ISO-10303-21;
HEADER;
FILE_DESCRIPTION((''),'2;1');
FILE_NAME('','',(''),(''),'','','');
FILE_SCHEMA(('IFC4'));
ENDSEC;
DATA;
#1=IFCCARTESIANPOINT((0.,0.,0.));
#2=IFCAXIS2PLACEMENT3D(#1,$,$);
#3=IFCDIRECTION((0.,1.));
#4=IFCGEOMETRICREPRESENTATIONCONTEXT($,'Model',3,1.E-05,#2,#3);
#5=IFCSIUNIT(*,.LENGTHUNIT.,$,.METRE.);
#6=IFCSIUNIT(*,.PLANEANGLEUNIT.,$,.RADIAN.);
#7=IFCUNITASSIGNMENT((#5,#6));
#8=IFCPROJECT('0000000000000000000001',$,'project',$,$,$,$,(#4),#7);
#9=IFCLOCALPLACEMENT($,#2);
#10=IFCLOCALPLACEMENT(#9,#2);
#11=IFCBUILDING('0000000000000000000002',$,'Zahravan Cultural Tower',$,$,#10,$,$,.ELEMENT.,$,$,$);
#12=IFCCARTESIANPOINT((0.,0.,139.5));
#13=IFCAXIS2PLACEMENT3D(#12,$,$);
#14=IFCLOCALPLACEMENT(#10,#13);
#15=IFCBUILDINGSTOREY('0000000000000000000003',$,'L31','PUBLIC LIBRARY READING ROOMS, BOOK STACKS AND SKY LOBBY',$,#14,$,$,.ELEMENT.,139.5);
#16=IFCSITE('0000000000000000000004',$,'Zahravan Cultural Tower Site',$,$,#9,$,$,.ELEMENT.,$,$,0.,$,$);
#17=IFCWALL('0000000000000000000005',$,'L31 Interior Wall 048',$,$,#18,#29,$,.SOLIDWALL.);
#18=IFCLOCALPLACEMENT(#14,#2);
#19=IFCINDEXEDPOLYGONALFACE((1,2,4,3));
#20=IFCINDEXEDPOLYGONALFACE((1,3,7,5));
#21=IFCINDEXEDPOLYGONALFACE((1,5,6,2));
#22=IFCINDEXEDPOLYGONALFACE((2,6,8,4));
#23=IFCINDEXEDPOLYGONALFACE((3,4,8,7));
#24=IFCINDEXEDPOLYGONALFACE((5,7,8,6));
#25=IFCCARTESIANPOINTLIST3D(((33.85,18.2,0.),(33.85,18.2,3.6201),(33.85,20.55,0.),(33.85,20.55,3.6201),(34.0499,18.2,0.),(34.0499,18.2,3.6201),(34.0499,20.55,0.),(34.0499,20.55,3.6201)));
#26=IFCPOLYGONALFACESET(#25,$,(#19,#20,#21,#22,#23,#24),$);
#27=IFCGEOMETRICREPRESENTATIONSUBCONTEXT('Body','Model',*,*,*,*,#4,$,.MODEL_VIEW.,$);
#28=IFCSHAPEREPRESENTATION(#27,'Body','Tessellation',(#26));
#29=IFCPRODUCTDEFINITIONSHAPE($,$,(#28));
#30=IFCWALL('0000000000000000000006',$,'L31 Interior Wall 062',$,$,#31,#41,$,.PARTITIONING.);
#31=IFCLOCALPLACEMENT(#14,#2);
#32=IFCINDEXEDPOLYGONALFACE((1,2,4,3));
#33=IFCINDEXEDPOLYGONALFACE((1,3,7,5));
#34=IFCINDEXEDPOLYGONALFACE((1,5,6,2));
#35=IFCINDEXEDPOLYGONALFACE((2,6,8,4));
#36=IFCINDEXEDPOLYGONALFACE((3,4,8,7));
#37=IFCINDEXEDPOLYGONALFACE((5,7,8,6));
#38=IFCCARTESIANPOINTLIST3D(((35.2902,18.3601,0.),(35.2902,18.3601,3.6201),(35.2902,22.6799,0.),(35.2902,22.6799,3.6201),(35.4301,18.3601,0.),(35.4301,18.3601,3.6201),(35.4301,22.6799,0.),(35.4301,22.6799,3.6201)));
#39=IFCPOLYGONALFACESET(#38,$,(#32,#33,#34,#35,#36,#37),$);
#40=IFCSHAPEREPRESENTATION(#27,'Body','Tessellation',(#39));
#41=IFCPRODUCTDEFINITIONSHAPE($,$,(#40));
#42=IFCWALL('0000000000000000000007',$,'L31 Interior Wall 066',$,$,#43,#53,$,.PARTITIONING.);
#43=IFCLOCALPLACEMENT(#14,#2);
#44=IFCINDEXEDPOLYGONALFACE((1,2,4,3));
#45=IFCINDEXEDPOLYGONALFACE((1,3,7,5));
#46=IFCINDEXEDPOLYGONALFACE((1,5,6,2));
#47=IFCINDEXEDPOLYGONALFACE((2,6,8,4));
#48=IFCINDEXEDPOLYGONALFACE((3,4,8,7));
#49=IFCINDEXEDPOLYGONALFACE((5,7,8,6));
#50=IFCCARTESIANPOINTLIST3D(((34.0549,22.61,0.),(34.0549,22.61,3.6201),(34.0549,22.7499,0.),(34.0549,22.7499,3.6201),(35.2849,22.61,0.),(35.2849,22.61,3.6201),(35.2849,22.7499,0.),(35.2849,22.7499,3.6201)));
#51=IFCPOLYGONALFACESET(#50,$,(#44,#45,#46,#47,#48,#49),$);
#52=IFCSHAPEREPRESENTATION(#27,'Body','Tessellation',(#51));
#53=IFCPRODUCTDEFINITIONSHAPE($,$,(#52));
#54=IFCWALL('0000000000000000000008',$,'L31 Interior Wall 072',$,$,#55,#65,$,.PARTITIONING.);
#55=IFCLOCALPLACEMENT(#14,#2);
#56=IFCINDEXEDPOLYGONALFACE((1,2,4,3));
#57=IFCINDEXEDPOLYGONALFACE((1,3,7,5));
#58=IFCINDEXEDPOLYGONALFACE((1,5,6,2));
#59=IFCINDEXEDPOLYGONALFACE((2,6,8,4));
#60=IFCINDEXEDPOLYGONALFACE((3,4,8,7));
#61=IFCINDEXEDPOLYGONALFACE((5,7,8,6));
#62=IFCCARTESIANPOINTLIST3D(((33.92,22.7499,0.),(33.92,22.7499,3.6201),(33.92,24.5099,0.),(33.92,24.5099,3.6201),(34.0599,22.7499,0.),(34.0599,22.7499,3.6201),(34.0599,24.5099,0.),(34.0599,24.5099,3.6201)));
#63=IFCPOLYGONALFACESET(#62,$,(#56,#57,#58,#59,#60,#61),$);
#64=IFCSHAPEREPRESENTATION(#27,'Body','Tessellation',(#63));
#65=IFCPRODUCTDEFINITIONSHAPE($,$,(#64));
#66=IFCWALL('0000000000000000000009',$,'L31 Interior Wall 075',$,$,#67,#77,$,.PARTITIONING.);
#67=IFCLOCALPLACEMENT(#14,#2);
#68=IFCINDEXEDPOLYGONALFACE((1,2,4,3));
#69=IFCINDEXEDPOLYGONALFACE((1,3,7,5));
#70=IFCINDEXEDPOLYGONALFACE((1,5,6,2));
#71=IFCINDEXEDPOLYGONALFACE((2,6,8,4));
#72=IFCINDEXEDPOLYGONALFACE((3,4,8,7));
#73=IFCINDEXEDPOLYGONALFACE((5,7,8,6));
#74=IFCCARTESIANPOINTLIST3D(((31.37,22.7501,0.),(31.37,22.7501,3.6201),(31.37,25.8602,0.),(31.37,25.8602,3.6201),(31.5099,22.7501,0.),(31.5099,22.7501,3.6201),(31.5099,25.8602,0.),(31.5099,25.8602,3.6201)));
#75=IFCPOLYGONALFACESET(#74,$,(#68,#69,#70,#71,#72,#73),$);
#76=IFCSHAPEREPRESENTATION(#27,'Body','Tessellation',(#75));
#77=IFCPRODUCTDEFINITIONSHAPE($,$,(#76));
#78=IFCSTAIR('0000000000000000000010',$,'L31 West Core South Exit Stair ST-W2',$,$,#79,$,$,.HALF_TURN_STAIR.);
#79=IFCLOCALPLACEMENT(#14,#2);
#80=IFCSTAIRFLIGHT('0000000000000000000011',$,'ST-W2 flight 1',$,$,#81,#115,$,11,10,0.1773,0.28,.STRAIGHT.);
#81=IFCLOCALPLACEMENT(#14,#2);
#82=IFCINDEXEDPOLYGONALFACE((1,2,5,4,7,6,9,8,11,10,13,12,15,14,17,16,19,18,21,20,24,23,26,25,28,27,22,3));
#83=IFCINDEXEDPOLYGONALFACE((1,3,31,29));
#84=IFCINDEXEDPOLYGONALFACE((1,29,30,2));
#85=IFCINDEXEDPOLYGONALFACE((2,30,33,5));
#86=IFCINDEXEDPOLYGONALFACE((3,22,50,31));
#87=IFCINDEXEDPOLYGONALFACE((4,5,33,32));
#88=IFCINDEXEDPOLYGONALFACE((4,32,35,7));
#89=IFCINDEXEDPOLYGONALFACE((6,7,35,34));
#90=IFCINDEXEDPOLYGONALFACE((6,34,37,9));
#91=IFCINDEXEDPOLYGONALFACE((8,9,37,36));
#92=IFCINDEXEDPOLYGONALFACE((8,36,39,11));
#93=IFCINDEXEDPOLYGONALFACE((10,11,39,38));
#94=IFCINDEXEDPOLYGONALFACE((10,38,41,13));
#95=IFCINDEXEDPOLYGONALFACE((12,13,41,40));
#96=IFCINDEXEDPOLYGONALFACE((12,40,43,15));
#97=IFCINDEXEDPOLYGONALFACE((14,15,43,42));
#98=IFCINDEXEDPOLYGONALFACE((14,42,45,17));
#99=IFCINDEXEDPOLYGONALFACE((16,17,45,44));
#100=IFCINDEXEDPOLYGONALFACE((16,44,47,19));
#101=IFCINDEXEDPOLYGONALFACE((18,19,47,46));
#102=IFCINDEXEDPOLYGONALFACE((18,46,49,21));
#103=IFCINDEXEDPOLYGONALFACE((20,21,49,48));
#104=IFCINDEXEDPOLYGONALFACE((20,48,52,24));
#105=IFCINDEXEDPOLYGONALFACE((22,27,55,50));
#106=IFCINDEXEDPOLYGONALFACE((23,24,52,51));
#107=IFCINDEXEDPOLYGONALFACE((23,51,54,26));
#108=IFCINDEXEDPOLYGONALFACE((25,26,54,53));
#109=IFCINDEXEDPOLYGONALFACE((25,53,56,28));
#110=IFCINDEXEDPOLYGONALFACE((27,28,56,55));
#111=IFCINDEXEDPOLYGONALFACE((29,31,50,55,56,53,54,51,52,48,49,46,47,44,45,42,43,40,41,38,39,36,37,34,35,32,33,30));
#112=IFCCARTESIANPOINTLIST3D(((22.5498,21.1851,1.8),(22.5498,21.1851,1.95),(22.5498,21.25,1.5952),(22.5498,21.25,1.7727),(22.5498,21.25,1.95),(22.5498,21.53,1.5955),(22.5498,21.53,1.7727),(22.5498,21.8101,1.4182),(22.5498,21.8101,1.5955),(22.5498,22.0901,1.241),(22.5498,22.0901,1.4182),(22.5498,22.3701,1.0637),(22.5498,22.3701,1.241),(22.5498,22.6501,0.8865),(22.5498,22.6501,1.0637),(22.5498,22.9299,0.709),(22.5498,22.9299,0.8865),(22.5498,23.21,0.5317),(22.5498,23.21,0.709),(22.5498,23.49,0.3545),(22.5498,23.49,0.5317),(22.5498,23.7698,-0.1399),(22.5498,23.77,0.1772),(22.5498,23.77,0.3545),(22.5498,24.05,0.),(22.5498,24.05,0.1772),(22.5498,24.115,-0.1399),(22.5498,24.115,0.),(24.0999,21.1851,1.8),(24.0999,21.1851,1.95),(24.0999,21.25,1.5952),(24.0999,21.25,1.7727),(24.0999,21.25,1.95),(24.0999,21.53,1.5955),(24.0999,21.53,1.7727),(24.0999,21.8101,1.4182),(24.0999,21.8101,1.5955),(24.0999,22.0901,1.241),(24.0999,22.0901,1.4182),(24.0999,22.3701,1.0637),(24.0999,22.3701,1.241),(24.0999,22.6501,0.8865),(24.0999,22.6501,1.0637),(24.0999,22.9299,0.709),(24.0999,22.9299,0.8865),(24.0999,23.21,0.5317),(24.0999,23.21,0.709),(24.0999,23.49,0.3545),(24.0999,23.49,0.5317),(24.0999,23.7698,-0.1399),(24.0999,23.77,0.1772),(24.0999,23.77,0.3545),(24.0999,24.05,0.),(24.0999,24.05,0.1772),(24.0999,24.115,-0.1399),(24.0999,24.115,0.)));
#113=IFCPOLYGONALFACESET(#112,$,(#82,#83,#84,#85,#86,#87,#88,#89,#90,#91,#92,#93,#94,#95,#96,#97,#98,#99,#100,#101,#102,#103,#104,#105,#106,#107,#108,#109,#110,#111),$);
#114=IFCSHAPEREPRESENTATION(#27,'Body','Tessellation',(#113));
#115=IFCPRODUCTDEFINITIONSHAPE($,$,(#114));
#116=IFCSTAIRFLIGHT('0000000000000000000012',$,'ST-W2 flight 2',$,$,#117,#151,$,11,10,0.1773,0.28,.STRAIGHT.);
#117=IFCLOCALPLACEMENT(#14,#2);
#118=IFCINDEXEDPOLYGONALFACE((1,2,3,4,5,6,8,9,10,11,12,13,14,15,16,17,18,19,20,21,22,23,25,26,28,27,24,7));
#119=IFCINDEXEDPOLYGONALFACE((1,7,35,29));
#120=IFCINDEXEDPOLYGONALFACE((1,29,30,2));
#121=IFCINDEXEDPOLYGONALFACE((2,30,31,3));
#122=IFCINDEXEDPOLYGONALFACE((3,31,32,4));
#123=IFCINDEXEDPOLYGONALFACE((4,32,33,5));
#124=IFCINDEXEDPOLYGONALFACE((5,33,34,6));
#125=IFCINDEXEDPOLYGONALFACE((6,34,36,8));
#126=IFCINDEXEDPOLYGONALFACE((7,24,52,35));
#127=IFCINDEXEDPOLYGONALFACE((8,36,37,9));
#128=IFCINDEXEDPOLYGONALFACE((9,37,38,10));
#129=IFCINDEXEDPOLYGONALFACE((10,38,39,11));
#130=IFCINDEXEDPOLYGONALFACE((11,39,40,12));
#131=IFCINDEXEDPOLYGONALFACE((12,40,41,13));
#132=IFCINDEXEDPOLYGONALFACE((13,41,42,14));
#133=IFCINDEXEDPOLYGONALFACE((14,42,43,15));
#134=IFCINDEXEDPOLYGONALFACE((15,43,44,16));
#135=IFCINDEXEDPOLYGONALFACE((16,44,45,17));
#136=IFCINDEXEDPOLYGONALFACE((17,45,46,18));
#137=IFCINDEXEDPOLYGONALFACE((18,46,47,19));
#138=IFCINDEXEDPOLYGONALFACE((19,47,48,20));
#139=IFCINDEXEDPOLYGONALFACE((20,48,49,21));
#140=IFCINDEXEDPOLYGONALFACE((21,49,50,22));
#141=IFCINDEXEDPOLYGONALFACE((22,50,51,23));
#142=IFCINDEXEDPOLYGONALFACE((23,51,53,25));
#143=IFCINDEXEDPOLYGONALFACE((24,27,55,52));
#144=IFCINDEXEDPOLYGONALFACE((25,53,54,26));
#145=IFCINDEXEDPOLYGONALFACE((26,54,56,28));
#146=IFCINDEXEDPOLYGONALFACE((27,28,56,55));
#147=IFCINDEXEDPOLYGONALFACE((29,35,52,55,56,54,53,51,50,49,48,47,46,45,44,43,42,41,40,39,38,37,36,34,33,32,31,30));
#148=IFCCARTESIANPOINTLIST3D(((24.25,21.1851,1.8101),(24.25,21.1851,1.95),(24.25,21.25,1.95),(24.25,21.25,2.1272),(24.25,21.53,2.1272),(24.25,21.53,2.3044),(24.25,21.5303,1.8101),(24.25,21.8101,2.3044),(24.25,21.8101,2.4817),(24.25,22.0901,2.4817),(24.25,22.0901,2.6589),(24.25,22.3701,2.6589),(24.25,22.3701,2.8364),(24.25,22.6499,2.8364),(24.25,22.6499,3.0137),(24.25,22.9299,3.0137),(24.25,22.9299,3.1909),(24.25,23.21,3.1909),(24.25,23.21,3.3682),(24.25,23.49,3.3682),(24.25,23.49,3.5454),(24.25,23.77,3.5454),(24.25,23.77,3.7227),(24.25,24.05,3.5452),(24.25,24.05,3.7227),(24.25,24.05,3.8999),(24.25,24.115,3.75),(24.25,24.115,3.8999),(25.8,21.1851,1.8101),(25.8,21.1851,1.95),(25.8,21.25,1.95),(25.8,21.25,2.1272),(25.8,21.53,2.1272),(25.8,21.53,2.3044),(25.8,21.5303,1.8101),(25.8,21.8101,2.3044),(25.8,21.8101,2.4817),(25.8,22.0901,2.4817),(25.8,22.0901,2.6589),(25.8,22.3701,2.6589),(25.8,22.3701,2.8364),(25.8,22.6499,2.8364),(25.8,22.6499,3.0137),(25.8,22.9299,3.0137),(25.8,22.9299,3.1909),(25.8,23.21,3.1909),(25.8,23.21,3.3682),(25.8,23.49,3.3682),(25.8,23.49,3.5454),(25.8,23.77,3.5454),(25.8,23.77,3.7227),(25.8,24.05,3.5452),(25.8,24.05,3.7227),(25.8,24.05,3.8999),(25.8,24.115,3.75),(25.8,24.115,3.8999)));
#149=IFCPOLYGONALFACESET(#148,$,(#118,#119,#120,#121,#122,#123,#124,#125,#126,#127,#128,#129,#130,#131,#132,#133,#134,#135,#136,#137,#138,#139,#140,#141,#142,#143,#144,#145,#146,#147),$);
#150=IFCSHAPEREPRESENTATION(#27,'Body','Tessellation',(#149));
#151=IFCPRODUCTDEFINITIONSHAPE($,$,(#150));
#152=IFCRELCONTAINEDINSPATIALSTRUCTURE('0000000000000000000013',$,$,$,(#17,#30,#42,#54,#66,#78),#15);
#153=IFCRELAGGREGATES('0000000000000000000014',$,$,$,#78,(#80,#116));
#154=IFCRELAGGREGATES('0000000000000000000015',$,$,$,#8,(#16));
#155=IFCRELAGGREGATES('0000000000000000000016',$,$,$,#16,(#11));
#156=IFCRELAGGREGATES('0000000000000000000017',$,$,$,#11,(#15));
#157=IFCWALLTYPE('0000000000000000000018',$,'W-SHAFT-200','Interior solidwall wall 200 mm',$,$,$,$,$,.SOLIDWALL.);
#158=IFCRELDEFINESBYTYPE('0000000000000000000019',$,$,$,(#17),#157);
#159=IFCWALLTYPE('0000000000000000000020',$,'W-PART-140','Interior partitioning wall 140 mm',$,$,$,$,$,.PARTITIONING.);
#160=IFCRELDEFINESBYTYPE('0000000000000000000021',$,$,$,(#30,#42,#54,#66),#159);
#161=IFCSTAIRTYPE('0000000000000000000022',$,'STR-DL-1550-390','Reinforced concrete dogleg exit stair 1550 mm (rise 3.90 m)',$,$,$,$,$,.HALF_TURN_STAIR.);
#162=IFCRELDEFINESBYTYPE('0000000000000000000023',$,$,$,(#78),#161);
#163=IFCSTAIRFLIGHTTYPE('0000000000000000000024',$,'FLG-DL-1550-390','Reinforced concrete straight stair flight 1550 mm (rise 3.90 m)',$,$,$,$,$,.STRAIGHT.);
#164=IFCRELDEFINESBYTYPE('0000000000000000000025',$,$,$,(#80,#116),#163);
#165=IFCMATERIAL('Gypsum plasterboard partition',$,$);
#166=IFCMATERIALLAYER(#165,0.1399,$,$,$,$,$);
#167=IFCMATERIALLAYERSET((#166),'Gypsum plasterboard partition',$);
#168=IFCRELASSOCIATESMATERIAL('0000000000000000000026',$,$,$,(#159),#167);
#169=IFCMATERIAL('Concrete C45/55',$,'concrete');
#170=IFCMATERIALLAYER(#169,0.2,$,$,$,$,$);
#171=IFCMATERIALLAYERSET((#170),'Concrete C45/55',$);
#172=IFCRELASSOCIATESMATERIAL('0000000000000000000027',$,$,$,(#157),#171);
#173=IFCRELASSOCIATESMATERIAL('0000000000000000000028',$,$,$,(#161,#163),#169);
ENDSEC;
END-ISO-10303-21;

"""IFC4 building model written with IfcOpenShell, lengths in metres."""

from ifc_helpers import new_model, si_unit, direction, frame, frame_2d, origin, place, context, subcontext, project, spatial, polyline, rectangle, outline, extrude, source, transform, mapped, material, layer, layer_set, type_object, element, aggregate, save


model = new_model("IFC4")

# Units and contexts
model_context = context("Model", 3, precision=1e-05, world=origin(), true_north=direction((0.0, 1.0)))
body_context = subcontext(model_context, "Body", "Model", "MODEL_VIEW")
ifc_project = project(units=[si_unit("LENGTHUNIT", "METRE"), si_unit("PLANEANGLEUNIT", "RADIAN")], contexts=[model_context])

# Site, building, storey
site_placement = place(None, origin())
site = spatial("IfcSite", under=ifc_project, at=site_placement, Name="Zahravan Cultural Tower Site", CompositionType="ELEMENT", RefElevation=0.0)
building_placement = place(site_placement, origin())
building = spatial("IfcBuilding", under=site, at=building_placement, Name="Zahravan Cultural Tower", CompositionType="ELEMENT")
storey_placement = place(building_placement, frame((0.0, 0.0, 139.5)))
storey = spatial("IfcBuildingStorey", under=building, at=storey_placement, Name="L31", Description="PUBLIC LIBRARY READING ROOMS, BOOK STACKS AND SKY LOBBY", CompositionType="ELEMENT", Elevation=139.5)

# Shared definitions
ifc_material_1 = material(Name="Gypsum plasterboard partition")
ifc_layer_1 = layer(ifc_material_1, 0.1399)
ifc_layer_set_1 = layer_set([ifc_layer_1], Name="Gypsum plasterboard partition")
wall_type_1 = type_object("IfcWallType", Name="W-PART-140", Description="Interior partitioning wall 140 mm", PredefinedType="PARTITIONING", material=ifc_layer_set_1)
ifc_material_2 = material(Name="Concrete C45/55", Category="concrete")
ifc_layer_2 = layer(ifc_material_2, 0.2)
ifc_layer_set_2 = layer_set([ifc_layer_2], Name="Concrete C45/55")
wall_type_2 = type_object("IfcWallType", Name="W-SHAFT-200", Description="Interior solidwall wall 200 mm", PredefinedType="SOLIDWALL", material=ifc_layer_set_2)

# Walls
shared_shape_1 = source(origin(), body_context, "Body", "SweptSolid", [
    extrude(rectangle(XDim=2.3501, YDim=0.2, at=frame_2d((1.175, 0.0))), origin(), (0.0, 0.0, 1.0), 3.6201),
])
for number, where, z_axis, x_axis, name in (
    (1, (33.95, 18.2, 0.0), (0.0, 0.0, 1.0), (0.0, 1.0, 0.0), "L31 Interior Wall 048"),
):
    element("IfcWall", number, at=place(storey_placement, frame(where, z_axis=z_axis, x_axis=x_axis)), inside=storey, type_object=wall_type_2, Name=name, PredefinedType="SOLIDWALL", context=body_context, shape_type="MappedRepresentation", body=[
        mapped(shared_shape_1, transform((0.0, 0.0, 0.0), x_axis=(1.0, 0.0, 0.0), y_axis=(0.0, 1.0, 0.0), z_axis=(0.0, 0.0, 1.0), scale=1.0)),
    ])
shared_shape_2 = source(origin(), body_context, "Body", "SweptSolid", [
    extrude(rectangle(XDim=4.3198, YDim=0.1399, at=frame_2d((2.1599, 0.0))), origin(), (0.0, 0.0, 1.0), 3.6201),
])
wall_1_placement = place(storey_placement, frame((35.3601, 18.3601, 0.0), z_axis=(0.0, 0.0, 1.0), x_axis=(0.0, 1.0, 0.0)))
element("IfcWall", 2, at=wall_1_placement, inside=storey, type_object=wall_type_1, Name="L31 Interior Wall 062", PredefinedType="PARTITIONING", context=body_context, shape_type="MappedRepresentation", body=[
    mapped(shared_shape_2, transform((0.0, 0.0, 0.0), x_axis=(1.0, 0.0, 0.0), y_axis=(0.0, 1.0, 0.0), z_axis=(0.0, 0.0, 1.0), scale=1.0)),
])
shared_shape_3 = source(origin(), body_context, "Body", "SweptSolid", [
    extrude(rectangle(XDim=1.23, YDim=0.1399, at=frame_2d((0.615, 0.0))), origin(), (0.0, 0.0, 1.0), 3.6201),
])
wall_2_placement = place(storey_placement, frame((34.0549, 22.6799, 0.0), z_axis=(0.0, 0.0, 1.0), x_axis=(1.0, 0.0, 0.0)))
element("IfcWall", 3, at=wall_2_placement, inside=storey, type_object=wall_type_1, Name="L31 Interior Wall 066", PredefinedType="PARTITIONING", context=body_context, shape_type="MappedRepresentation", body=[
    mapped(shared_shape_3, transform((0.0, 0.0, 0.0), x_axis=(1.0, 0.0, 0.0), y_axis=(0.0, 1.0, 0.0), z_axis=(0.0, 0.0, 1.0), scale=1.0)),
])
shared_shape_4 = source(origin(), body_context, "Body", "SweptSolid", [
    extrude(rectangle(XDim=1.76, YDim=0.1399, at=frame_2d((0.8799, 0.0))), origin(), (0.0, 0.0, 1.0), 3.6201),
])
wall_3_placement = place(storey_placement, frame((33.99, 22.75, 0.0), z_axis=(0.0, 0.0, 1.0), x_axis=(0.0, 1.0, 0.0)))
element("IfcWall", 4, at=wall_3_placement, inside=storey, type_object=wall_type_1, Name="L31 Interior Wall 072", PredefinedType="PARTITIONING", context=body_context, shape_type="MappedRepresentation", body=[
    mapped(shared_shape_4, transform((0.0, 0.0, 0.0), x_axis=(1.0, 0.0, 0.0), y_axis=(0.0, 1.0, 0.0), z_axis=(0.0, 0.0, 1.0), scale=1.0)),
])
shared_shape_5 = source(origin(), body_context, "Body", "SweptSolid", [
    extrude(rectangle(XDim=3.1101, YDim=0.1399, at=frame_2d((1.5552, 0.0))), origin(), (0.0, 0.0, 1.0), 3.6201),
])
wall_4_placement = place(storey_placement, frame((31.4399, 22.75, 0.0), z_axis=(0.0, 0.0, 1.0), x_axis=(0.0, 1.0, 0.0)))
element("IfcWall", 5, at=wall_4_placement, inside=storey, type_object=wall_type_1, Name="L31 Interior Wall 075", PredefinedType="PARTITIONING", context=body_context, shape_type="MappedRepresentation", body=[
    mapped(shared_shape_5, transform((0.0, 0.0, 0.0), x_axis=(1.0, 0.0, 0.0), y_axis=(0.0, 1.0, 0.0), z_axis=(0.0, 0.0, 1.0), scale=1.0)),
])

# Stair, stair flights
stair_type = type_object("IfcStairType", Name="STR-DL-1550-390", Description="Reinforced concrete dogleg exit stair 1550 mm (rise 3.90 m)", PredefinedType="HALF_TURN_STAIR", material=ifc_material_2)
stair_placement = place(storey_placement, origin())
stair = element("IfcStair", 6, at=stair_placement, inside=storey, type_object=stair_type, Name="L31 West Core South Exit Stair ST-W2", PredefinedType="HALF_TURN_STAIR")
stair_flight_type = type_object("IfcStairFlightType", Name="FLG-DL-1550-390", Description="Reinforced concrete straight stair flight 1550 mm (rise 3.90 m)", PredefinedType="STRAIGHT", material=ifc_material_2)
stair_flight_1_placement = place(storey_placement, frame((23.325, 24.05, 0.0), z_axis=(0.0, 0.0, 1.0), x_axis=(0.0, -1.0, 0.0)))
stair_flight_1 = element("IfcStairFlight", 7, at=stair_flight_1_placement, type_object=stair_flight_type, Name="ST-W2 flight 1", NumberOfRisers=11, NumberOfTreads=10, PredefinedType="STRAIGHT", RiserHeight=0.1773, TreadLength=0.28, context=body_context, shape_type="SweptSolid", body=[
    extrude(outline(polyline([(-0.0649, -0.1399), (-0.0649, 0.0), (0.0, 0.0), (0.0, 0.1772), (0.28, 0.1772), (0.28, 0.3545), (0.5601, 0.3545), (0.5601, 0.5317), (0.8401, 0.5317), (0.8401, 0.709), (1.1201, 0.709), (1.1201, 0.8865), (1.3999, 0.8865), (1.3999, 1.0637), (1.6799, 1.0637), (1.6799, 1.241), (1.96, 1.241), (1.96, 1.4182), (2.24, 1.4182), (2.24, 1.5955), (2.52, 1.5955), (2.52, 1.7727), (2.8, 1.7727), (2.8, 1.95), (2.865, 1.95), (2.865, 1.8), (2.8, 1.5952), (0.2803, -0.1399), (-0.0649, -0.1399)])), frame((0.0, 0.7749, 0.0), z_axis=(0.0, -1.0, 0.0), x_axis=(1.0, 0.0, 0.0)), (0.0, 0.0, 1.0), 1.55),
])
stair_flight_2_placement = place(storey_placement, frame((25.0249, 21.25, 1.95), z_axis=(0.0, 0.0, 1.0), x_axis=(0.0, 1.0, 0.0)))
stair_flight_2 = element("IfcStairFlight", 8, at=stair_flight_2_placement, type_object=stair_flight_type, Name="ST-W2 flight 2", NumberOfRisers=11, NumberOfTreads=10, PredefinedType="STRAIGHT", RiserHeight=0.1773, TreadLength=0.28, context=body_context, shape_type="SweptSolid", body=[
    extrude(outline(polyline([(-0.0649, -0.1399), (-0.0649, 0.0), (0.0, 0.0), (0.0, 0.1772), (0.28, 0.1772), (0.28, 0.3545), (0.5601, 0.3545), (0.5601, 0.5317), (0.8401, 0.5317), (0.8401, 0.709), (1.1201, 0.709), (1.1201, 0.8865), (1.3999, 0.8865), (1.3999, 1.0637), (1.6799, 1.0637), (1.6799, 1.241), (1.96, 1.241), (1.96, 1.4182), (2.24, 1.4182), (2.24, 1.5955), (2.52, 1.5955), (2.52, 1.7727), (2.8, 1.7727), (2.8, 1.95), (2.865, 1.95), (2.865, 1.8), (2.8, 1.5952), (0.2803, -0.1399), (-0.0649, -0.1399)])), frame((0.0, 0.7749, 0.0), z_axis=(0.0, -1.0, 0.0), x_axis=(1.0, 0.0, 0.0)), (0.0, 0.0, 1.0), 1.55),
])
aggregate(stair, [stair_flight_1, stair_flight_2])

save(model, "model.ifc")
